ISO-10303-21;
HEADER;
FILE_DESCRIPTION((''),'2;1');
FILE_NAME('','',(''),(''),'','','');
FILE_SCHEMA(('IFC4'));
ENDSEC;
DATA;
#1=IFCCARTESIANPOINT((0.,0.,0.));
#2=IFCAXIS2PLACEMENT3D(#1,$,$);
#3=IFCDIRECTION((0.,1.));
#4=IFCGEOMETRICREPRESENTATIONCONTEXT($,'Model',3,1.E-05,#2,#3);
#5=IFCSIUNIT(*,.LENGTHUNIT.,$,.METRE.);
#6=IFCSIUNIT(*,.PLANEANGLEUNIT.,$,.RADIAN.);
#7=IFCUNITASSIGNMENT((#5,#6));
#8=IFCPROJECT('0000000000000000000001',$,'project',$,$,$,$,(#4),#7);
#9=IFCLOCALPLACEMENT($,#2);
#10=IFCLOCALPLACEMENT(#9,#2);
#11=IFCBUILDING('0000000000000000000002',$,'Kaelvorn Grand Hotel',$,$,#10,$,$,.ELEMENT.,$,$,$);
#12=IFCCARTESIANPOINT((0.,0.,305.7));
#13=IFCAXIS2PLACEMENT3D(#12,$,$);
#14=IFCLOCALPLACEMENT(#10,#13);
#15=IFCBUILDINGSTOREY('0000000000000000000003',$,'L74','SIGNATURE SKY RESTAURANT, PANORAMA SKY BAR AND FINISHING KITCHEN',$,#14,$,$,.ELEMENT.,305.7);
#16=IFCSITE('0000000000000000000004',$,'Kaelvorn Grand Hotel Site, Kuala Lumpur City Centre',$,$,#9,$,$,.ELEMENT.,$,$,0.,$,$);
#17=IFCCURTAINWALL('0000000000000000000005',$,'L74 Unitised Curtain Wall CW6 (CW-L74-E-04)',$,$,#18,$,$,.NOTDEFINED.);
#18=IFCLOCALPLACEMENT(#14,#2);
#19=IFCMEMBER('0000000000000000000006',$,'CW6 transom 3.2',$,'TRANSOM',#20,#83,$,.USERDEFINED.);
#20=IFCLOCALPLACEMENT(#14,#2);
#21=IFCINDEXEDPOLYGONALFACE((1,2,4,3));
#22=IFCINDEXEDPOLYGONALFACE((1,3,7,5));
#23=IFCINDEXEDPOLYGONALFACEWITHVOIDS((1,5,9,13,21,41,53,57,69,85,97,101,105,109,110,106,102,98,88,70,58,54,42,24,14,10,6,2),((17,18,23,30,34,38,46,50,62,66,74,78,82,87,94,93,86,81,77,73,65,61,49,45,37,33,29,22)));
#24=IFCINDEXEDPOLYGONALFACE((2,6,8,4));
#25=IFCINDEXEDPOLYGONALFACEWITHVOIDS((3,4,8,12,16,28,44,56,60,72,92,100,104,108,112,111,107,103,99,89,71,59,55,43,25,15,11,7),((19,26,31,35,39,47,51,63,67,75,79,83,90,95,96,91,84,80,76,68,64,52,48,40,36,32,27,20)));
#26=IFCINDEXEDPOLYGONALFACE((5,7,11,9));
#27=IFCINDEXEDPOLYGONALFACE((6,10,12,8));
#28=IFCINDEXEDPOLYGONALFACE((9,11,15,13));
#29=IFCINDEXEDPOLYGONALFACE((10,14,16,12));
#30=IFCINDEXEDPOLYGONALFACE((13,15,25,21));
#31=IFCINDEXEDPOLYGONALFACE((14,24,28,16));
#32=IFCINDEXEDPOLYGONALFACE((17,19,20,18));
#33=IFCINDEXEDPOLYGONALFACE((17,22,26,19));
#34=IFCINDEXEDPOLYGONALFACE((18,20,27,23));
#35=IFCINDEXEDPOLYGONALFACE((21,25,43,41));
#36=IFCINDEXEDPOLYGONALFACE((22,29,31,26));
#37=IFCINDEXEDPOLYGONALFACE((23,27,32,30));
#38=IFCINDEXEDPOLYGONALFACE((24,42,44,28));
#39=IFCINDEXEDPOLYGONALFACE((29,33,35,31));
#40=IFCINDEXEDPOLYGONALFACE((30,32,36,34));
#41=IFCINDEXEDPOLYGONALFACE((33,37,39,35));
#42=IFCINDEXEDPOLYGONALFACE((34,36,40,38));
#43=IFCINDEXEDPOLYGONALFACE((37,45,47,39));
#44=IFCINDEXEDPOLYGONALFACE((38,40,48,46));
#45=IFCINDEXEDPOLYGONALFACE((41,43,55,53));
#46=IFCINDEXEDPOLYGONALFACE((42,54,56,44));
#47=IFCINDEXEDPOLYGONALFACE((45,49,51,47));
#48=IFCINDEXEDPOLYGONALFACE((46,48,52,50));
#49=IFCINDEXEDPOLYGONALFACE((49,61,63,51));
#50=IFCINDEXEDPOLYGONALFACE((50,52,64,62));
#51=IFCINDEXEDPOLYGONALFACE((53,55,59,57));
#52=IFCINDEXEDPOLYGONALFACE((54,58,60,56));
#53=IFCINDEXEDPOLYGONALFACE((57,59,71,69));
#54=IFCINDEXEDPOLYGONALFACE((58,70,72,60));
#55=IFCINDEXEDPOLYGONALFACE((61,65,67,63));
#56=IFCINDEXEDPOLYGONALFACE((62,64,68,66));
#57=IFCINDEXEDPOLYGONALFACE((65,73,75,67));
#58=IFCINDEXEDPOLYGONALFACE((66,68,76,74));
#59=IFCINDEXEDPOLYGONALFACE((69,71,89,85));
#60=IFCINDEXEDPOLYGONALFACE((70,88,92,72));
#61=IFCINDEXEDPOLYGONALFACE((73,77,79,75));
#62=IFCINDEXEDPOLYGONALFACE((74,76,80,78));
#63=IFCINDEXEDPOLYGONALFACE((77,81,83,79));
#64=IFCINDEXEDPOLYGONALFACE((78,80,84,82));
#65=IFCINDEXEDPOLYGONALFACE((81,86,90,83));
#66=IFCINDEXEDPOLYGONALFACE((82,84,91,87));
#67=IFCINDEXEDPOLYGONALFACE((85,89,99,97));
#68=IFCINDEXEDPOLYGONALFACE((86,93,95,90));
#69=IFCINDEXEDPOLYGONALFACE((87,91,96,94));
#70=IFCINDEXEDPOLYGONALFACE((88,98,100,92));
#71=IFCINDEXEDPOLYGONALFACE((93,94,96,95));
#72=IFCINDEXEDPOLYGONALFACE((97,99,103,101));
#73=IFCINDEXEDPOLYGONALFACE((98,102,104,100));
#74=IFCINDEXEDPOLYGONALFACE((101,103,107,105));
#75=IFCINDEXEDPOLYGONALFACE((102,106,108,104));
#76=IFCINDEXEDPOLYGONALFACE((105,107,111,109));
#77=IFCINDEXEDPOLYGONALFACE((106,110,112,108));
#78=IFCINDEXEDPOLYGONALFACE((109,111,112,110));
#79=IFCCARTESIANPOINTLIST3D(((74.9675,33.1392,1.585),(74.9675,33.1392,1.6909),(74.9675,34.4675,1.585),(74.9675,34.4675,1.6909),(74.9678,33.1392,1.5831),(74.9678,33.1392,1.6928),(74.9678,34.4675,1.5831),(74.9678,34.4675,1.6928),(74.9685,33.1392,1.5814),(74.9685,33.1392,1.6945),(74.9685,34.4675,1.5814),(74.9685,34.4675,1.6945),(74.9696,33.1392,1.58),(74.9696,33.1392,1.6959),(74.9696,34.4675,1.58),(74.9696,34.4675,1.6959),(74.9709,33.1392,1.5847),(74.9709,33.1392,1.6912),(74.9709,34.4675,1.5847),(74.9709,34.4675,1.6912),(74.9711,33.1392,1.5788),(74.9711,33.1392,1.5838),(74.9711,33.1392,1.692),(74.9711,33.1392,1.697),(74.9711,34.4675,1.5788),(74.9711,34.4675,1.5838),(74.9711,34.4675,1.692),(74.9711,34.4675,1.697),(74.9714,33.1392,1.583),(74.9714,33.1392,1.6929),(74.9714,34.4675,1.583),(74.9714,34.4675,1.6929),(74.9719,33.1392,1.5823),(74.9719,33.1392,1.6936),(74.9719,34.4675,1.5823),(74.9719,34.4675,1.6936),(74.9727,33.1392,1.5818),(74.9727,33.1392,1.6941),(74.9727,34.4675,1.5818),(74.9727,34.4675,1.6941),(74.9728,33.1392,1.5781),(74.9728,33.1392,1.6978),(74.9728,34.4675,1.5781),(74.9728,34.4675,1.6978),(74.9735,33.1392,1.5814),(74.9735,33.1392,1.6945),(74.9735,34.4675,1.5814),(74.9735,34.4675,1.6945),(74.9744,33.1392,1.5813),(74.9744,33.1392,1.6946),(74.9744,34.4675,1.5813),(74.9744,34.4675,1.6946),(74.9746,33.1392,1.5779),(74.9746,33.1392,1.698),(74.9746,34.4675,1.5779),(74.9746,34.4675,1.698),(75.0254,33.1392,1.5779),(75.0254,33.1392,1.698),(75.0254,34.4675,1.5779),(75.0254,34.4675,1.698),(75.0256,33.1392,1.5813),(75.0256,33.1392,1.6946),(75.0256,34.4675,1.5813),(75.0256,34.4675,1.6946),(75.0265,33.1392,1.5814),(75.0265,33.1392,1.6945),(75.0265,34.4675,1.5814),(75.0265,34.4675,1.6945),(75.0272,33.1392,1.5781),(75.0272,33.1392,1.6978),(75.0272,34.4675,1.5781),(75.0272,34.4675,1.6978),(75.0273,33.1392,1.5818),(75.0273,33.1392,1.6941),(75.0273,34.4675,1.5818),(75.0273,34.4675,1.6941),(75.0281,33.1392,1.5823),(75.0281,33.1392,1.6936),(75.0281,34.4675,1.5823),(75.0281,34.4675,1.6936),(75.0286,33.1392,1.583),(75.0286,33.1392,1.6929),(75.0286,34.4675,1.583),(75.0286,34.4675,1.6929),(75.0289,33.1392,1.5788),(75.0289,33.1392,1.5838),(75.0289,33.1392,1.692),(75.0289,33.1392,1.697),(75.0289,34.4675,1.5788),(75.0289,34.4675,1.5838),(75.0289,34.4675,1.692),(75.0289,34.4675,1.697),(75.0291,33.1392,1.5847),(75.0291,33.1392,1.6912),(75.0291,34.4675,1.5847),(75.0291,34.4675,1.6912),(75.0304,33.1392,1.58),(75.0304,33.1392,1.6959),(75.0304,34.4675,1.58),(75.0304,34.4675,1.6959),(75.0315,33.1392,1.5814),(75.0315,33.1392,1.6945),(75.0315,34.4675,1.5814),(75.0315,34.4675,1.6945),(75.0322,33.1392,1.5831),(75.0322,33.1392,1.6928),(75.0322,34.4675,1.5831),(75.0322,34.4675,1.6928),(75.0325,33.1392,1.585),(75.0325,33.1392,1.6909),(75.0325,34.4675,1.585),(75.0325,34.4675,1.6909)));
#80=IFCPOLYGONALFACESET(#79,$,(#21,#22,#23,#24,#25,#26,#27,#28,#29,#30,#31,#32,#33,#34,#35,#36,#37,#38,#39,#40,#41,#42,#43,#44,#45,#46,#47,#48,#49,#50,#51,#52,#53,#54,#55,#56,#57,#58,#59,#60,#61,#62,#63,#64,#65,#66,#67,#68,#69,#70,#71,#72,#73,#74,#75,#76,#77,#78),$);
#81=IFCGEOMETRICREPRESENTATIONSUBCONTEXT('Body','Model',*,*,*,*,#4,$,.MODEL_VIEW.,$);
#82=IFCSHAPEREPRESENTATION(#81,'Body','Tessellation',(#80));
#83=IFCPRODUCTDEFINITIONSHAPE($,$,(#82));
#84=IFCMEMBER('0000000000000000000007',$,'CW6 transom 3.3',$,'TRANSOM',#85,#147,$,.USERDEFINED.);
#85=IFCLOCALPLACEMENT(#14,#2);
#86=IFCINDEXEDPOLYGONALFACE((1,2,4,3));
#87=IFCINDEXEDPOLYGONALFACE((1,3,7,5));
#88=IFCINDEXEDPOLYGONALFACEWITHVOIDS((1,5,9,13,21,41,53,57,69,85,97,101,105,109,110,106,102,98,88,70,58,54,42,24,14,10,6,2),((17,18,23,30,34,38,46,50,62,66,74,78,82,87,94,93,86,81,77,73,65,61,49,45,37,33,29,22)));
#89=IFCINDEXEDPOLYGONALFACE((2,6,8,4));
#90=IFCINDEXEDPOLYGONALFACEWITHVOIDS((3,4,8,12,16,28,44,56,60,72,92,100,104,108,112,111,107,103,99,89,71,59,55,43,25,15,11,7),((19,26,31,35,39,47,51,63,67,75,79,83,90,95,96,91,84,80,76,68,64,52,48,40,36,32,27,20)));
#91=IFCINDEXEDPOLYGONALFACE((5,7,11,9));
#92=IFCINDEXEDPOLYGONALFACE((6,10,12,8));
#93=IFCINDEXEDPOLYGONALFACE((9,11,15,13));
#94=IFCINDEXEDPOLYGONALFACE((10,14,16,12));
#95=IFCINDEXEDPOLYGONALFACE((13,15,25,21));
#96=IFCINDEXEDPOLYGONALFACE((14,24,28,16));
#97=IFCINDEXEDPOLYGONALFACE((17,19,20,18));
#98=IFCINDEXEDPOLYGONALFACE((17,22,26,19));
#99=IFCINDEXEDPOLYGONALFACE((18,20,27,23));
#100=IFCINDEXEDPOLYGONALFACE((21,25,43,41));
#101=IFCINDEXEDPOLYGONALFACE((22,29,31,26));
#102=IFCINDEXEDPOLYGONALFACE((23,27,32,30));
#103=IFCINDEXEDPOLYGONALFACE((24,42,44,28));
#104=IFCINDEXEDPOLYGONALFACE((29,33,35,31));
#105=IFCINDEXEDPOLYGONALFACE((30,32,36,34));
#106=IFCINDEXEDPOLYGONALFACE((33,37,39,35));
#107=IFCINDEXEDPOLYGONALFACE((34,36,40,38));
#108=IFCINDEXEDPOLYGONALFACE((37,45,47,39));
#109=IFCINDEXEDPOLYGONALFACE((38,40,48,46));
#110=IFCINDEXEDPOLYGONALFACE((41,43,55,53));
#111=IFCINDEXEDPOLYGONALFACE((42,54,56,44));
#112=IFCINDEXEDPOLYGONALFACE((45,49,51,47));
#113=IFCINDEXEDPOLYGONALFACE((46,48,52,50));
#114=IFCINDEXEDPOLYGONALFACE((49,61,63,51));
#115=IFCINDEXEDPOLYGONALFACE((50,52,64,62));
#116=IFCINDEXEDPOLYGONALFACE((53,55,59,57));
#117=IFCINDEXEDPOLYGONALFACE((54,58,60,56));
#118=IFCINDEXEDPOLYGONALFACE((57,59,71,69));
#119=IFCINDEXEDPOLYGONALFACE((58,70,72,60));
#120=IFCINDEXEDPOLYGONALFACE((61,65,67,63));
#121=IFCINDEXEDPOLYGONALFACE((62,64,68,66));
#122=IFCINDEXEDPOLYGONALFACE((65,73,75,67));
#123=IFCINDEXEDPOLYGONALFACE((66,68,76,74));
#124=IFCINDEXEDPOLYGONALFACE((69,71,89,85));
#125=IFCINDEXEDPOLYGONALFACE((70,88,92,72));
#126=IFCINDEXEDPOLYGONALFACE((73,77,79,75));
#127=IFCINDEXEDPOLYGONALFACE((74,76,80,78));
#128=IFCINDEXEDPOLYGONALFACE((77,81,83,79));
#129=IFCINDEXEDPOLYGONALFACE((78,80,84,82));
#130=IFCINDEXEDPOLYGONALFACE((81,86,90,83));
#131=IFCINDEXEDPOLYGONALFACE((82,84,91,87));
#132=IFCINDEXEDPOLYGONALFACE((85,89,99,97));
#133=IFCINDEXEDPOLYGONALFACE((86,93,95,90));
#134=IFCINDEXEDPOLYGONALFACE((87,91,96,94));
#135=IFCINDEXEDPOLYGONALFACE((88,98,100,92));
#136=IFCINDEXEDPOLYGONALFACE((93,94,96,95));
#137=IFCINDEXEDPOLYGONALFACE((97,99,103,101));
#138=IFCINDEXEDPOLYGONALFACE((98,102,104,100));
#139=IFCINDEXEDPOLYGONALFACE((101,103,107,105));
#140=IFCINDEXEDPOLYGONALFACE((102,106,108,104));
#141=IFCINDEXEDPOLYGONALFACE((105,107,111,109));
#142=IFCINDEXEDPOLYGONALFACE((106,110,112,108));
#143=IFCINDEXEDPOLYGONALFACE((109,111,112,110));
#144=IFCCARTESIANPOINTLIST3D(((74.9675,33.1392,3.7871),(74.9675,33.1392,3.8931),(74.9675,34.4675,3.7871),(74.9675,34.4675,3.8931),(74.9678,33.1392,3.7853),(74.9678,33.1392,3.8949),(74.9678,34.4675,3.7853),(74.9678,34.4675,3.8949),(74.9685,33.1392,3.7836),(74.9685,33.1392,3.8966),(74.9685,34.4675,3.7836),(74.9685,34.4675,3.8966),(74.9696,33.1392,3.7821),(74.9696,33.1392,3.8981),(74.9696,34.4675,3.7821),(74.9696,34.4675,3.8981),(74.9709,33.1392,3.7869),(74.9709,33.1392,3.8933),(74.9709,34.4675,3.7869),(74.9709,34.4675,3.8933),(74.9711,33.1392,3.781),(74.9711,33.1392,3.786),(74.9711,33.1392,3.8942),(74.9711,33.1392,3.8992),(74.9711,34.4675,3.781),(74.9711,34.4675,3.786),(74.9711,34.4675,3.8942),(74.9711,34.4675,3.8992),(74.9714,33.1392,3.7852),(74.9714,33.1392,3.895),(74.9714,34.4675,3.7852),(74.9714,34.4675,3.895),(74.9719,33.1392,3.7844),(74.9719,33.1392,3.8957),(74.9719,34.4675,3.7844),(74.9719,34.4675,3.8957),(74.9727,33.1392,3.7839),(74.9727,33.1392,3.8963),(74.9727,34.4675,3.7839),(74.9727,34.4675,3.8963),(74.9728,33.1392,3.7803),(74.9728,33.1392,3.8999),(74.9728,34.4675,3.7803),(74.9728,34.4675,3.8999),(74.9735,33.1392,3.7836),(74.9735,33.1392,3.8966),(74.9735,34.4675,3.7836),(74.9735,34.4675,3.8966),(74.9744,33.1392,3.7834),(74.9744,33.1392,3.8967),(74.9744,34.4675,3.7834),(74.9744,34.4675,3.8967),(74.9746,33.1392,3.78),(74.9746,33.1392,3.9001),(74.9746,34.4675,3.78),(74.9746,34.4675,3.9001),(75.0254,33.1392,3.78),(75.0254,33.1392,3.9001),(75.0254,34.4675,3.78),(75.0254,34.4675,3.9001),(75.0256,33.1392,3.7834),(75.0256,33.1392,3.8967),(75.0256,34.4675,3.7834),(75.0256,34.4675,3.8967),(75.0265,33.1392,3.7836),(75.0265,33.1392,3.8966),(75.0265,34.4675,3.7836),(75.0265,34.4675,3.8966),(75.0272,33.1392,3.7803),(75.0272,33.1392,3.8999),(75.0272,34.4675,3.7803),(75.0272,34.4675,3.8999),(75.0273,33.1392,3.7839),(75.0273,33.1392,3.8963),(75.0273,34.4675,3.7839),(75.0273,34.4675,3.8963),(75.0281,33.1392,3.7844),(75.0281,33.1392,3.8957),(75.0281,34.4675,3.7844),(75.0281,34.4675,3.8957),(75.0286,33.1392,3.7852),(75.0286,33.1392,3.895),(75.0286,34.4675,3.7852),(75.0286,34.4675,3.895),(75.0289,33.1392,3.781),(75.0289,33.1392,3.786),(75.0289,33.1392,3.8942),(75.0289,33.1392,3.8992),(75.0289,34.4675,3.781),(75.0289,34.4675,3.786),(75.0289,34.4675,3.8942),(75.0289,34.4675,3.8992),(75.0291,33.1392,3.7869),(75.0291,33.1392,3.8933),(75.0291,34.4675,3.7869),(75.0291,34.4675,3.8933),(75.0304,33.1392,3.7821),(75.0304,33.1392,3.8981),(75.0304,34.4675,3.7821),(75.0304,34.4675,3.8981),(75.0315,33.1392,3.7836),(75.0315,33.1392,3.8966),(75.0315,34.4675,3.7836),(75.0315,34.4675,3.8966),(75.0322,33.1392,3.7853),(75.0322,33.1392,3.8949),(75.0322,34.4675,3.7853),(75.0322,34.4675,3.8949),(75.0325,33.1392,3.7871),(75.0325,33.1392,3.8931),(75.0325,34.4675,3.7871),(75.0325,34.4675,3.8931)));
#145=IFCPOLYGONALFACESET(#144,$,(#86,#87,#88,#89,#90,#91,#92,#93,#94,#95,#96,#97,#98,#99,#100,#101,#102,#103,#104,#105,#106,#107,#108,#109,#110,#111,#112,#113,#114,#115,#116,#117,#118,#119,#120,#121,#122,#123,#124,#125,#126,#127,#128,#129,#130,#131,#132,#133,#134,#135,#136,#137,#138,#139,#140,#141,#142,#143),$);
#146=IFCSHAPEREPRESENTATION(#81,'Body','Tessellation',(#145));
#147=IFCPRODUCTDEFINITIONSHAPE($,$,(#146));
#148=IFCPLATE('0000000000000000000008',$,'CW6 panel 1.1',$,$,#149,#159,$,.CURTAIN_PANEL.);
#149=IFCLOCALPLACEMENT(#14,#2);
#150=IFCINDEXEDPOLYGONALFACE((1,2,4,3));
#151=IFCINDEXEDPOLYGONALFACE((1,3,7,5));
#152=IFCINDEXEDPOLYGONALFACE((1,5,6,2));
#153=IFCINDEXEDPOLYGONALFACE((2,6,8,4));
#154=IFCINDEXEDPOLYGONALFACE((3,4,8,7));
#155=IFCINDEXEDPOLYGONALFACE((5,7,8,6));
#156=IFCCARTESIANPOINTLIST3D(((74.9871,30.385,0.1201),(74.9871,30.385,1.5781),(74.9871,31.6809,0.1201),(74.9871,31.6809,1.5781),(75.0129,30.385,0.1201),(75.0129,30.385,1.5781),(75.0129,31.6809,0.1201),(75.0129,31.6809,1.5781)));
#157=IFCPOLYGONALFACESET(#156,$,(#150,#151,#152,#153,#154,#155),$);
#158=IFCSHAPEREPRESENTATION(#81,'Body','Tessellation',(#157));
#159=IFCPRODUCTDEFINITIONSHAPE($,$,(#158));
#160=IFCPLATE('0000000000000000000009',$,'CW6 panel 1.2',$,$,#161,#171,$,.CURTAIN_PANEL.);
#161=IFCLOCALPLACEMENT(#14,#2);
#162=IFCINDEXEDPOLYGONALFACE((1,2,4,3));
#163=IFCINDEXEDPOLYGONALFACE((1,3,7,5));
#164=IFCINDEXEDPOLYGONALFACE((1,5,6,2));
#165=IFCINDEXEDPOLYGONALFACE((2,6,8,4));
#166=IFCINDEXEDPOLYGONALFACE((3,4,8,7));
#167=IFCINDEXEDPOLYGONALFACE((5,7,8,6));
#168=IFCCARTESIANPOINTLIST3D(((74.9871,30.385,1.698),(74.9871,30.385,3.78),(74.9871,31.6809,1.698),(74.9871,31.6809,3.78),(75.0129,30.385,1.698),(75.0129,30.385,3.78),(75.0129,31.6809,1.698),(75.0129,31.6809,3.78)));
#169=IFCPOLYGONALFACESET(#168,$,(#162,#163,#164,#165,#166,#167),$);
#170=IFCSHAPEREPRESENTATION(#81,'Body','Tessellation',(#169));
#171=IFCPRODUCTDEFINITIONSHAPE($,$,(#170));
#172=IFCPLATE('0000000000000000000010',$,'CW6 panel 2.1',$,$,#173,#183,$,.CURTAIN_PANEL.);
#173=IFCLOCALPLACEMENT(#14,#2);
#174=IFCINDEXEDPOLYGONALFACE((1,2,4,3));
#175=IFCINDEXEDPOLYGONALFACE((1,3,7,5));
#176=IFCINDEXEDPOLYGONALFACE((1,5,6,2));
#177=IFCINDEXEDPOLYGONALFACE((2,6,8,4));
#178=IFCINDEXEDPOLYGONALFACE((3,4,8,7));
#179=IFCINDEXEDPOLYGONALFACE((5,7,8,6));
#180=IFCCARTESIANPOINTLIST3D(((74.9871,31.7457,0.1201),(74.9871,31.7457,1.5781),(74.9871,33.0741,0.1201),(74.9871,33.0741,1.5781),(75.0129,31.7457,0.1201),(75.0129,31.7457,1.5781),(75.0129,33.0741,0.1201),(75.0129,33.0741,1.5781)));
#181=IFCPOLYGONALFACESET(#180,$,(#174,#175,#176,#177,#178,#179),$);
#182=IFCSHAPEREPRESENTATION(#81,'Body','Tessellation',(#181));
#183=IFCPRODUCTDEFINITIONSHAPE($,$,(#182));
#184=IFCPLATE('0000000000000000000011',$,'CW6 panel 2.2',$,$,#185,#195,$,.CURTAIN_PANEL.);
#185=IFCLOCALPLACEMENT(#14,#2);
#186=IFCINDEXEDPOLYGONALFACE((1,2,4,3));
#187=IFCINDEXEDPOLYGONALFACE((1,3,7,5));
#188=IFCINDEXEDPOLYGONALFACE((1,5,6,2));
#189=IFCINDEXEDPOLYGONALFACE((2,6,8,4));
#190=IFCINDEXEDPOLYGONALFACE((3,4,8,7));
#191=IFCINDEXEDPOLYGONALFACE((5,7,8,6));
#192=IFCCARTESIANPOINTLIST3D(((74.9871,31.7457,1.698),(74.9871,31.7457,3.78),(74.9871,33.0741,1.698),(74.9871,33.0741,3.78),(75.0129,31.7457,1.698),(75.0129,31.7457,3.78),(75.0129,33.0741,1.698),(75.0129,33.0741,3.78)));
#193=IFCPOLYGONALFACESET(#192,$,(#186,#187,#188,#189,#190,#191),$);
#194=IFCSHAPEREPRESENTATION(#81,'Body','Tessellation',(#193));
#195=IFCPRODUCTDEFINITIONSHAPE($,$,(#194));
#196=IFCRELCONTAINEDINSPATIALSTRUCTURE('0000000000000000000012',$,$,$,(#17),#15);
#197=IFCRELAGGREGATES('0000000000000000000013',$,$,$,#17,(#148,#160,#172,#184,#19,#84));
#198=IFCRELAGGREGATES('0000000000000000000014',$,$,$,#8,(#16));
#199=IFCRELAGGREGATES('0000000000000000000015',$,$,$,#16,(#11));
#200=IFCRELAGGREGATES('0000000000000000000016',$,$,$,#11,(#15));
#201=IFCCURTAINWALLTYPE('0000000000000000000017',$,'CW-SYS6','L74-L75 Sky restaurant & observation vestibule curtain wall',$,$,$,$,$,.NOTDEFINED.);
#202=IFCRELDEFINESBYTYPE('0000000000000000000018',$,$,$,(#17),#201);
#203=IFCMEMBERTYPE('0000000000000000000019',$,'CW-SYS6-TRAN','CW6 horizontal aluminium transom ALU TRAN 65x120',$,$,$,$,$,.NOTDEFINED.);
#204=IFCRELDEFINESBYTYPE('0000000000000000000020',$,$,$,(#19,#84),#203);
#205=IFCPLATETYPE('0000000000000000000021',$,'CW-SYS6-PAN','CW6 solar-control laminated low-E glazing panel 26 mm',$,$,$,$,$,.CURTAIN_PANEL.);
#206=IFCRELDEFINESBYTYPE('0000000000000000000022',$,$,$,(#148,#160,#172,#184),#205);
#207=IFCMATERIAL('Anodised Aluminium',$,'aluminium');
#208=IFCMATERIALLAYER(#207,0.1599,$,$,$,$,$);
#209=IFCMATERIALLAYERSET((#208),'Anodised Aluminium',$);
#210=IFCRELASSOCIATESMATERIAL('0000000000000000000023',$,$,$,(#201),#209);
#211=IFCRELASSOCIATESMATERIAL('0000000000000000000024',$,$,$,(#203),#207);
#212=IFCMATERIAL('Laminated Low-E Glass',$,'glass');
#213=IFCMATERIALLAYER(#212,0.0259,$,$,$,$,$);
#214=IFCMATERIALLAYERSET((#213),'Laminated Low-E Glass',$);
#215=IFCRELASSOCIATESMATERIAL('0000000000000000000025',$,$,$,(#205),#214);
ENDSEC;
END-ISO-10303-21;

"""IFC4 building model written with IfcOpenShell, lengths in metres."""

from ifc_helpers import new_model, si_unit, direction, frame, origin, origin_2d, place, context, subcontext, project, spatial, rectangle, hollow_rectangle, extrude, material, layer, layer_set, material_profile, profile_set, type_object, element, aggregate, save


model = new_model("IFC4")

# Units and contexts
model_context = context("Model", 3, precision=1e-05, world=origin(), true_north=direction((0.0, 1.0)))
body_context = subcontext(model_context, "Body", "Model", "MODEL_VIEW")
ifc_project = project(units=[si_unit("LENGTHUNIT", "METRE"), si_unit("PLANEANGLEUNIT", "RADIAN")], contexts=[model_context])

# Site, building, storey
site_placement = place(None, origin())
site = spatial("IfcSite", under=ifc_project, at=site_placement, Name="Kaelvorn Grand Hotel Site, Kuala Lumpur City Centre", CompositionType="ELEMENT", RefElevation=0.0)
building_placement = place(site_placement, origin())
building = spatial("IfcBuilding", under=site, at=building_placement, Name="Kaelvorn Grand Hotel", CompositionType="ELEMENT")
storey_placement = place(building_placement, frame((0.0, 0.0, 305.7)))
storey = spatial("IfcBuildingStorey", under=building, at=storey_placement, Name="L74", Description="SIGNATURE SKY RESTAURANT, PANORAMA SKY BAR AND FINISHING KITCHEN", CompositionType="ELEMENT", Elevation=305.7)

# Curtain wall, members, plates
ifc_material_1 = material(Name="Anodised Aluminium", Category="aluminium")
ifc_layer_1 = layer(ifc_material_1, 0.1599)
ifc_layer_set_1 = layer_set([ifc_layer_1], Name="Anodised Aluminium")
curtain_wall_type = type_object("IfcCurtainWallType", Name="CW-SYS6", Description="L74-L75 Sky restaurant & observation vestibule curtain wall", PredefinedType="NOTDEFINED", material=ifc_layer_set_1)
curtain_wall_placement = place(storey_placement, origin())
curtain_wall = element("IfcCurtainWall", 1, at=curtain_wall_placement, inside=storey, type_object=curtain_wall_type, Name="L74 Unitised Curtain Wall CW6 (CW-L74-E-04)", PredefinedType="NOTDEFINED")
ifc_material_profile_1 = material_profile(ifc_material_1, hollow_rectangle(XDim=0.0649, YDim=0.1201, WallThickness=0.0034, InnerFilletRadius=0.0034, OuterFilletRadius=0.0071, at=origin_2d()), Name="ALU TRAN 65x120")
ifc_profile_set_1 = profile_set([ifc_material_profile_1], Name="Anodised Aluminium")
member_type_1 = type_object("IfcMemberType", Name="CW-SYS6-TRAN", Description="CW6 horizontal aluminium transom ALU TRAN 65x120", PredefinedType="NOTDEFINED", material=ifc_profile_set_1)
member_1_placement = place(storey_placement, frame((75.0, 33.1392, 1.6379), z_axis=(0.0, 1.0, 0.0), x_axis=(-1.0, 0.0, 0.0)))
member_1 = element("IfcMember", 2, at=member_1_placement, type_object=member_type_1, Name="CW6 transom 3.2", ObjectType="TRANSOM", PredefinedType="USERDEFINED", context=body_context, shape_type="SweptSolid", body=[
    extrude(hollow_rectangle(XDim=0.0649, YDim=0.1201, WallThickness=0.0034, InnerFilletRadius=0.0034, OuterFilletRadius=0.0071, at=origin_2d()), origin(), (0.0, 0.0, 1.0), 1.3284),
])
member_2_placement = place(storey_placement, frame((75.0, 33.1392, 3.8401), z_axis=(0.0, 1.0, 0.0), x_axis=(-1.0, 0.0, 0.0)))
member_2 = element("IfcMember", 3, at=member_2_placement, type_object=member_type_1, Name="CW6 transom 3.3", ObjectType="TRANSOM", PredefinedType="USERDEFINED", context=body_context, shape_type="SweptSolid", body=[
    extrude(hollow_rectangle(XDim=0.0649, YDim=0.1201, WallThickness=0.0034, InnerFilletRadius=0.0034, OuterFilletRadius=0.0071, at=origin_2d()), origin(), (0.0, 0.0, 1.0), 1.3284),
])
ifc_material_2 = material(Name="Laminated Low-E Glass", Category="glass")
ifc_layer_2 = layer(ifc_material_2, 0.0259)
ifc_layer_set_2 = layer_set([ifc_layer_2], Name="Laminated Low-E Glass")
plate_type = type_object("IfcPlateType", Name="CW-SYS6-PAN", Description="CW6 solar-control laminated low-E glazing panel 26 mm", PredefinedType="CURTAIN_PANEL", material=ifc_layer_set_2)
plate_1_placement = place(storey_placement, frame((75.0, 31.033, 0.1201), z_axis=(0.0, 0.0, 1.0), x_axis=(0.0, 1.0, 0.0)))
plate_1 = element("IfcPlate", 4, at=plate_1_placement, type_object=plate_type, Name="CW6 panel 1.1", PredefinedType="CURTAIN_PANEL", context=body_context, shape_type="SweptSolid", body=[
    extrude(rectangle(XDim=1.2959, YDim=0.0259, at=origin_2d()), origin(), (0.0, 0.0, 1.0), 1.458),
])
plate_2_placement = place(storey_placement, frame((75.0, 31.033, 1.698), z_axis=(0.0, 0.0, 1.0), x_axis=(0.0, 1.0, 0.0)))
plate_2 = element("IfcPlate", 5, at=plate_2_placement, type_object=plate_type, Name="CW6 panel 1.2", PredefinedType="CURTAIN_PANEL", context=body_context, shape_type="SweptSolid", body=[
    extrude(rectangle(XDim=1.2959, YDim=0.0259, at=origin_2d()), origin(), (0.0, 0.0, 1.0), 2.082),
])
plate_3_placement = place(storey_placement, frame((75.0, 32.4099, 0.1201), z_axis=(0.0, 0.0, 1.0), x_axis=(0.0, 1.0, 0.0)))
plate_3 = element("IfcPlate", 6, at=plate_3_placement, type_object=plate_type, Name="CW6 panel 2.1", PredefinedType="CURTAIN_PANEL", context=body_context, shape_type="SweptSolid", body=[
    extrude(rectangle(XDim=1.3284, YDim=0.0259, at=origin_2d()), origin(), (0.0, 0.0, 1.0), 1.458),
])
plate_4_placement = place(storey_placement, frame((75.0, 32.4099, 1.698), z_axis=(0.0, 0.0, 1.0), x_axis=(0.0, 1.0, 0.0)))
plate_4 = element("IfcPlate", 7, at=plate_4_placement, type_object=plate_type, Name="CW6 panel 2.2", PredefinedType="CURTAIN_PANEL", context=body_context, shape_type="SweptSolid", body=[
    extrude(rectangle(XDim=1.3284, YDim=0.0259, at=origin_2d()), origin(), (0.0, 0.0, 1.0), 2.082),
])
aggregate(curtain_wall, [plate_1, plate_2, plate_3, plate_4, member_1, member_2])

save(model, "model.ifc")
